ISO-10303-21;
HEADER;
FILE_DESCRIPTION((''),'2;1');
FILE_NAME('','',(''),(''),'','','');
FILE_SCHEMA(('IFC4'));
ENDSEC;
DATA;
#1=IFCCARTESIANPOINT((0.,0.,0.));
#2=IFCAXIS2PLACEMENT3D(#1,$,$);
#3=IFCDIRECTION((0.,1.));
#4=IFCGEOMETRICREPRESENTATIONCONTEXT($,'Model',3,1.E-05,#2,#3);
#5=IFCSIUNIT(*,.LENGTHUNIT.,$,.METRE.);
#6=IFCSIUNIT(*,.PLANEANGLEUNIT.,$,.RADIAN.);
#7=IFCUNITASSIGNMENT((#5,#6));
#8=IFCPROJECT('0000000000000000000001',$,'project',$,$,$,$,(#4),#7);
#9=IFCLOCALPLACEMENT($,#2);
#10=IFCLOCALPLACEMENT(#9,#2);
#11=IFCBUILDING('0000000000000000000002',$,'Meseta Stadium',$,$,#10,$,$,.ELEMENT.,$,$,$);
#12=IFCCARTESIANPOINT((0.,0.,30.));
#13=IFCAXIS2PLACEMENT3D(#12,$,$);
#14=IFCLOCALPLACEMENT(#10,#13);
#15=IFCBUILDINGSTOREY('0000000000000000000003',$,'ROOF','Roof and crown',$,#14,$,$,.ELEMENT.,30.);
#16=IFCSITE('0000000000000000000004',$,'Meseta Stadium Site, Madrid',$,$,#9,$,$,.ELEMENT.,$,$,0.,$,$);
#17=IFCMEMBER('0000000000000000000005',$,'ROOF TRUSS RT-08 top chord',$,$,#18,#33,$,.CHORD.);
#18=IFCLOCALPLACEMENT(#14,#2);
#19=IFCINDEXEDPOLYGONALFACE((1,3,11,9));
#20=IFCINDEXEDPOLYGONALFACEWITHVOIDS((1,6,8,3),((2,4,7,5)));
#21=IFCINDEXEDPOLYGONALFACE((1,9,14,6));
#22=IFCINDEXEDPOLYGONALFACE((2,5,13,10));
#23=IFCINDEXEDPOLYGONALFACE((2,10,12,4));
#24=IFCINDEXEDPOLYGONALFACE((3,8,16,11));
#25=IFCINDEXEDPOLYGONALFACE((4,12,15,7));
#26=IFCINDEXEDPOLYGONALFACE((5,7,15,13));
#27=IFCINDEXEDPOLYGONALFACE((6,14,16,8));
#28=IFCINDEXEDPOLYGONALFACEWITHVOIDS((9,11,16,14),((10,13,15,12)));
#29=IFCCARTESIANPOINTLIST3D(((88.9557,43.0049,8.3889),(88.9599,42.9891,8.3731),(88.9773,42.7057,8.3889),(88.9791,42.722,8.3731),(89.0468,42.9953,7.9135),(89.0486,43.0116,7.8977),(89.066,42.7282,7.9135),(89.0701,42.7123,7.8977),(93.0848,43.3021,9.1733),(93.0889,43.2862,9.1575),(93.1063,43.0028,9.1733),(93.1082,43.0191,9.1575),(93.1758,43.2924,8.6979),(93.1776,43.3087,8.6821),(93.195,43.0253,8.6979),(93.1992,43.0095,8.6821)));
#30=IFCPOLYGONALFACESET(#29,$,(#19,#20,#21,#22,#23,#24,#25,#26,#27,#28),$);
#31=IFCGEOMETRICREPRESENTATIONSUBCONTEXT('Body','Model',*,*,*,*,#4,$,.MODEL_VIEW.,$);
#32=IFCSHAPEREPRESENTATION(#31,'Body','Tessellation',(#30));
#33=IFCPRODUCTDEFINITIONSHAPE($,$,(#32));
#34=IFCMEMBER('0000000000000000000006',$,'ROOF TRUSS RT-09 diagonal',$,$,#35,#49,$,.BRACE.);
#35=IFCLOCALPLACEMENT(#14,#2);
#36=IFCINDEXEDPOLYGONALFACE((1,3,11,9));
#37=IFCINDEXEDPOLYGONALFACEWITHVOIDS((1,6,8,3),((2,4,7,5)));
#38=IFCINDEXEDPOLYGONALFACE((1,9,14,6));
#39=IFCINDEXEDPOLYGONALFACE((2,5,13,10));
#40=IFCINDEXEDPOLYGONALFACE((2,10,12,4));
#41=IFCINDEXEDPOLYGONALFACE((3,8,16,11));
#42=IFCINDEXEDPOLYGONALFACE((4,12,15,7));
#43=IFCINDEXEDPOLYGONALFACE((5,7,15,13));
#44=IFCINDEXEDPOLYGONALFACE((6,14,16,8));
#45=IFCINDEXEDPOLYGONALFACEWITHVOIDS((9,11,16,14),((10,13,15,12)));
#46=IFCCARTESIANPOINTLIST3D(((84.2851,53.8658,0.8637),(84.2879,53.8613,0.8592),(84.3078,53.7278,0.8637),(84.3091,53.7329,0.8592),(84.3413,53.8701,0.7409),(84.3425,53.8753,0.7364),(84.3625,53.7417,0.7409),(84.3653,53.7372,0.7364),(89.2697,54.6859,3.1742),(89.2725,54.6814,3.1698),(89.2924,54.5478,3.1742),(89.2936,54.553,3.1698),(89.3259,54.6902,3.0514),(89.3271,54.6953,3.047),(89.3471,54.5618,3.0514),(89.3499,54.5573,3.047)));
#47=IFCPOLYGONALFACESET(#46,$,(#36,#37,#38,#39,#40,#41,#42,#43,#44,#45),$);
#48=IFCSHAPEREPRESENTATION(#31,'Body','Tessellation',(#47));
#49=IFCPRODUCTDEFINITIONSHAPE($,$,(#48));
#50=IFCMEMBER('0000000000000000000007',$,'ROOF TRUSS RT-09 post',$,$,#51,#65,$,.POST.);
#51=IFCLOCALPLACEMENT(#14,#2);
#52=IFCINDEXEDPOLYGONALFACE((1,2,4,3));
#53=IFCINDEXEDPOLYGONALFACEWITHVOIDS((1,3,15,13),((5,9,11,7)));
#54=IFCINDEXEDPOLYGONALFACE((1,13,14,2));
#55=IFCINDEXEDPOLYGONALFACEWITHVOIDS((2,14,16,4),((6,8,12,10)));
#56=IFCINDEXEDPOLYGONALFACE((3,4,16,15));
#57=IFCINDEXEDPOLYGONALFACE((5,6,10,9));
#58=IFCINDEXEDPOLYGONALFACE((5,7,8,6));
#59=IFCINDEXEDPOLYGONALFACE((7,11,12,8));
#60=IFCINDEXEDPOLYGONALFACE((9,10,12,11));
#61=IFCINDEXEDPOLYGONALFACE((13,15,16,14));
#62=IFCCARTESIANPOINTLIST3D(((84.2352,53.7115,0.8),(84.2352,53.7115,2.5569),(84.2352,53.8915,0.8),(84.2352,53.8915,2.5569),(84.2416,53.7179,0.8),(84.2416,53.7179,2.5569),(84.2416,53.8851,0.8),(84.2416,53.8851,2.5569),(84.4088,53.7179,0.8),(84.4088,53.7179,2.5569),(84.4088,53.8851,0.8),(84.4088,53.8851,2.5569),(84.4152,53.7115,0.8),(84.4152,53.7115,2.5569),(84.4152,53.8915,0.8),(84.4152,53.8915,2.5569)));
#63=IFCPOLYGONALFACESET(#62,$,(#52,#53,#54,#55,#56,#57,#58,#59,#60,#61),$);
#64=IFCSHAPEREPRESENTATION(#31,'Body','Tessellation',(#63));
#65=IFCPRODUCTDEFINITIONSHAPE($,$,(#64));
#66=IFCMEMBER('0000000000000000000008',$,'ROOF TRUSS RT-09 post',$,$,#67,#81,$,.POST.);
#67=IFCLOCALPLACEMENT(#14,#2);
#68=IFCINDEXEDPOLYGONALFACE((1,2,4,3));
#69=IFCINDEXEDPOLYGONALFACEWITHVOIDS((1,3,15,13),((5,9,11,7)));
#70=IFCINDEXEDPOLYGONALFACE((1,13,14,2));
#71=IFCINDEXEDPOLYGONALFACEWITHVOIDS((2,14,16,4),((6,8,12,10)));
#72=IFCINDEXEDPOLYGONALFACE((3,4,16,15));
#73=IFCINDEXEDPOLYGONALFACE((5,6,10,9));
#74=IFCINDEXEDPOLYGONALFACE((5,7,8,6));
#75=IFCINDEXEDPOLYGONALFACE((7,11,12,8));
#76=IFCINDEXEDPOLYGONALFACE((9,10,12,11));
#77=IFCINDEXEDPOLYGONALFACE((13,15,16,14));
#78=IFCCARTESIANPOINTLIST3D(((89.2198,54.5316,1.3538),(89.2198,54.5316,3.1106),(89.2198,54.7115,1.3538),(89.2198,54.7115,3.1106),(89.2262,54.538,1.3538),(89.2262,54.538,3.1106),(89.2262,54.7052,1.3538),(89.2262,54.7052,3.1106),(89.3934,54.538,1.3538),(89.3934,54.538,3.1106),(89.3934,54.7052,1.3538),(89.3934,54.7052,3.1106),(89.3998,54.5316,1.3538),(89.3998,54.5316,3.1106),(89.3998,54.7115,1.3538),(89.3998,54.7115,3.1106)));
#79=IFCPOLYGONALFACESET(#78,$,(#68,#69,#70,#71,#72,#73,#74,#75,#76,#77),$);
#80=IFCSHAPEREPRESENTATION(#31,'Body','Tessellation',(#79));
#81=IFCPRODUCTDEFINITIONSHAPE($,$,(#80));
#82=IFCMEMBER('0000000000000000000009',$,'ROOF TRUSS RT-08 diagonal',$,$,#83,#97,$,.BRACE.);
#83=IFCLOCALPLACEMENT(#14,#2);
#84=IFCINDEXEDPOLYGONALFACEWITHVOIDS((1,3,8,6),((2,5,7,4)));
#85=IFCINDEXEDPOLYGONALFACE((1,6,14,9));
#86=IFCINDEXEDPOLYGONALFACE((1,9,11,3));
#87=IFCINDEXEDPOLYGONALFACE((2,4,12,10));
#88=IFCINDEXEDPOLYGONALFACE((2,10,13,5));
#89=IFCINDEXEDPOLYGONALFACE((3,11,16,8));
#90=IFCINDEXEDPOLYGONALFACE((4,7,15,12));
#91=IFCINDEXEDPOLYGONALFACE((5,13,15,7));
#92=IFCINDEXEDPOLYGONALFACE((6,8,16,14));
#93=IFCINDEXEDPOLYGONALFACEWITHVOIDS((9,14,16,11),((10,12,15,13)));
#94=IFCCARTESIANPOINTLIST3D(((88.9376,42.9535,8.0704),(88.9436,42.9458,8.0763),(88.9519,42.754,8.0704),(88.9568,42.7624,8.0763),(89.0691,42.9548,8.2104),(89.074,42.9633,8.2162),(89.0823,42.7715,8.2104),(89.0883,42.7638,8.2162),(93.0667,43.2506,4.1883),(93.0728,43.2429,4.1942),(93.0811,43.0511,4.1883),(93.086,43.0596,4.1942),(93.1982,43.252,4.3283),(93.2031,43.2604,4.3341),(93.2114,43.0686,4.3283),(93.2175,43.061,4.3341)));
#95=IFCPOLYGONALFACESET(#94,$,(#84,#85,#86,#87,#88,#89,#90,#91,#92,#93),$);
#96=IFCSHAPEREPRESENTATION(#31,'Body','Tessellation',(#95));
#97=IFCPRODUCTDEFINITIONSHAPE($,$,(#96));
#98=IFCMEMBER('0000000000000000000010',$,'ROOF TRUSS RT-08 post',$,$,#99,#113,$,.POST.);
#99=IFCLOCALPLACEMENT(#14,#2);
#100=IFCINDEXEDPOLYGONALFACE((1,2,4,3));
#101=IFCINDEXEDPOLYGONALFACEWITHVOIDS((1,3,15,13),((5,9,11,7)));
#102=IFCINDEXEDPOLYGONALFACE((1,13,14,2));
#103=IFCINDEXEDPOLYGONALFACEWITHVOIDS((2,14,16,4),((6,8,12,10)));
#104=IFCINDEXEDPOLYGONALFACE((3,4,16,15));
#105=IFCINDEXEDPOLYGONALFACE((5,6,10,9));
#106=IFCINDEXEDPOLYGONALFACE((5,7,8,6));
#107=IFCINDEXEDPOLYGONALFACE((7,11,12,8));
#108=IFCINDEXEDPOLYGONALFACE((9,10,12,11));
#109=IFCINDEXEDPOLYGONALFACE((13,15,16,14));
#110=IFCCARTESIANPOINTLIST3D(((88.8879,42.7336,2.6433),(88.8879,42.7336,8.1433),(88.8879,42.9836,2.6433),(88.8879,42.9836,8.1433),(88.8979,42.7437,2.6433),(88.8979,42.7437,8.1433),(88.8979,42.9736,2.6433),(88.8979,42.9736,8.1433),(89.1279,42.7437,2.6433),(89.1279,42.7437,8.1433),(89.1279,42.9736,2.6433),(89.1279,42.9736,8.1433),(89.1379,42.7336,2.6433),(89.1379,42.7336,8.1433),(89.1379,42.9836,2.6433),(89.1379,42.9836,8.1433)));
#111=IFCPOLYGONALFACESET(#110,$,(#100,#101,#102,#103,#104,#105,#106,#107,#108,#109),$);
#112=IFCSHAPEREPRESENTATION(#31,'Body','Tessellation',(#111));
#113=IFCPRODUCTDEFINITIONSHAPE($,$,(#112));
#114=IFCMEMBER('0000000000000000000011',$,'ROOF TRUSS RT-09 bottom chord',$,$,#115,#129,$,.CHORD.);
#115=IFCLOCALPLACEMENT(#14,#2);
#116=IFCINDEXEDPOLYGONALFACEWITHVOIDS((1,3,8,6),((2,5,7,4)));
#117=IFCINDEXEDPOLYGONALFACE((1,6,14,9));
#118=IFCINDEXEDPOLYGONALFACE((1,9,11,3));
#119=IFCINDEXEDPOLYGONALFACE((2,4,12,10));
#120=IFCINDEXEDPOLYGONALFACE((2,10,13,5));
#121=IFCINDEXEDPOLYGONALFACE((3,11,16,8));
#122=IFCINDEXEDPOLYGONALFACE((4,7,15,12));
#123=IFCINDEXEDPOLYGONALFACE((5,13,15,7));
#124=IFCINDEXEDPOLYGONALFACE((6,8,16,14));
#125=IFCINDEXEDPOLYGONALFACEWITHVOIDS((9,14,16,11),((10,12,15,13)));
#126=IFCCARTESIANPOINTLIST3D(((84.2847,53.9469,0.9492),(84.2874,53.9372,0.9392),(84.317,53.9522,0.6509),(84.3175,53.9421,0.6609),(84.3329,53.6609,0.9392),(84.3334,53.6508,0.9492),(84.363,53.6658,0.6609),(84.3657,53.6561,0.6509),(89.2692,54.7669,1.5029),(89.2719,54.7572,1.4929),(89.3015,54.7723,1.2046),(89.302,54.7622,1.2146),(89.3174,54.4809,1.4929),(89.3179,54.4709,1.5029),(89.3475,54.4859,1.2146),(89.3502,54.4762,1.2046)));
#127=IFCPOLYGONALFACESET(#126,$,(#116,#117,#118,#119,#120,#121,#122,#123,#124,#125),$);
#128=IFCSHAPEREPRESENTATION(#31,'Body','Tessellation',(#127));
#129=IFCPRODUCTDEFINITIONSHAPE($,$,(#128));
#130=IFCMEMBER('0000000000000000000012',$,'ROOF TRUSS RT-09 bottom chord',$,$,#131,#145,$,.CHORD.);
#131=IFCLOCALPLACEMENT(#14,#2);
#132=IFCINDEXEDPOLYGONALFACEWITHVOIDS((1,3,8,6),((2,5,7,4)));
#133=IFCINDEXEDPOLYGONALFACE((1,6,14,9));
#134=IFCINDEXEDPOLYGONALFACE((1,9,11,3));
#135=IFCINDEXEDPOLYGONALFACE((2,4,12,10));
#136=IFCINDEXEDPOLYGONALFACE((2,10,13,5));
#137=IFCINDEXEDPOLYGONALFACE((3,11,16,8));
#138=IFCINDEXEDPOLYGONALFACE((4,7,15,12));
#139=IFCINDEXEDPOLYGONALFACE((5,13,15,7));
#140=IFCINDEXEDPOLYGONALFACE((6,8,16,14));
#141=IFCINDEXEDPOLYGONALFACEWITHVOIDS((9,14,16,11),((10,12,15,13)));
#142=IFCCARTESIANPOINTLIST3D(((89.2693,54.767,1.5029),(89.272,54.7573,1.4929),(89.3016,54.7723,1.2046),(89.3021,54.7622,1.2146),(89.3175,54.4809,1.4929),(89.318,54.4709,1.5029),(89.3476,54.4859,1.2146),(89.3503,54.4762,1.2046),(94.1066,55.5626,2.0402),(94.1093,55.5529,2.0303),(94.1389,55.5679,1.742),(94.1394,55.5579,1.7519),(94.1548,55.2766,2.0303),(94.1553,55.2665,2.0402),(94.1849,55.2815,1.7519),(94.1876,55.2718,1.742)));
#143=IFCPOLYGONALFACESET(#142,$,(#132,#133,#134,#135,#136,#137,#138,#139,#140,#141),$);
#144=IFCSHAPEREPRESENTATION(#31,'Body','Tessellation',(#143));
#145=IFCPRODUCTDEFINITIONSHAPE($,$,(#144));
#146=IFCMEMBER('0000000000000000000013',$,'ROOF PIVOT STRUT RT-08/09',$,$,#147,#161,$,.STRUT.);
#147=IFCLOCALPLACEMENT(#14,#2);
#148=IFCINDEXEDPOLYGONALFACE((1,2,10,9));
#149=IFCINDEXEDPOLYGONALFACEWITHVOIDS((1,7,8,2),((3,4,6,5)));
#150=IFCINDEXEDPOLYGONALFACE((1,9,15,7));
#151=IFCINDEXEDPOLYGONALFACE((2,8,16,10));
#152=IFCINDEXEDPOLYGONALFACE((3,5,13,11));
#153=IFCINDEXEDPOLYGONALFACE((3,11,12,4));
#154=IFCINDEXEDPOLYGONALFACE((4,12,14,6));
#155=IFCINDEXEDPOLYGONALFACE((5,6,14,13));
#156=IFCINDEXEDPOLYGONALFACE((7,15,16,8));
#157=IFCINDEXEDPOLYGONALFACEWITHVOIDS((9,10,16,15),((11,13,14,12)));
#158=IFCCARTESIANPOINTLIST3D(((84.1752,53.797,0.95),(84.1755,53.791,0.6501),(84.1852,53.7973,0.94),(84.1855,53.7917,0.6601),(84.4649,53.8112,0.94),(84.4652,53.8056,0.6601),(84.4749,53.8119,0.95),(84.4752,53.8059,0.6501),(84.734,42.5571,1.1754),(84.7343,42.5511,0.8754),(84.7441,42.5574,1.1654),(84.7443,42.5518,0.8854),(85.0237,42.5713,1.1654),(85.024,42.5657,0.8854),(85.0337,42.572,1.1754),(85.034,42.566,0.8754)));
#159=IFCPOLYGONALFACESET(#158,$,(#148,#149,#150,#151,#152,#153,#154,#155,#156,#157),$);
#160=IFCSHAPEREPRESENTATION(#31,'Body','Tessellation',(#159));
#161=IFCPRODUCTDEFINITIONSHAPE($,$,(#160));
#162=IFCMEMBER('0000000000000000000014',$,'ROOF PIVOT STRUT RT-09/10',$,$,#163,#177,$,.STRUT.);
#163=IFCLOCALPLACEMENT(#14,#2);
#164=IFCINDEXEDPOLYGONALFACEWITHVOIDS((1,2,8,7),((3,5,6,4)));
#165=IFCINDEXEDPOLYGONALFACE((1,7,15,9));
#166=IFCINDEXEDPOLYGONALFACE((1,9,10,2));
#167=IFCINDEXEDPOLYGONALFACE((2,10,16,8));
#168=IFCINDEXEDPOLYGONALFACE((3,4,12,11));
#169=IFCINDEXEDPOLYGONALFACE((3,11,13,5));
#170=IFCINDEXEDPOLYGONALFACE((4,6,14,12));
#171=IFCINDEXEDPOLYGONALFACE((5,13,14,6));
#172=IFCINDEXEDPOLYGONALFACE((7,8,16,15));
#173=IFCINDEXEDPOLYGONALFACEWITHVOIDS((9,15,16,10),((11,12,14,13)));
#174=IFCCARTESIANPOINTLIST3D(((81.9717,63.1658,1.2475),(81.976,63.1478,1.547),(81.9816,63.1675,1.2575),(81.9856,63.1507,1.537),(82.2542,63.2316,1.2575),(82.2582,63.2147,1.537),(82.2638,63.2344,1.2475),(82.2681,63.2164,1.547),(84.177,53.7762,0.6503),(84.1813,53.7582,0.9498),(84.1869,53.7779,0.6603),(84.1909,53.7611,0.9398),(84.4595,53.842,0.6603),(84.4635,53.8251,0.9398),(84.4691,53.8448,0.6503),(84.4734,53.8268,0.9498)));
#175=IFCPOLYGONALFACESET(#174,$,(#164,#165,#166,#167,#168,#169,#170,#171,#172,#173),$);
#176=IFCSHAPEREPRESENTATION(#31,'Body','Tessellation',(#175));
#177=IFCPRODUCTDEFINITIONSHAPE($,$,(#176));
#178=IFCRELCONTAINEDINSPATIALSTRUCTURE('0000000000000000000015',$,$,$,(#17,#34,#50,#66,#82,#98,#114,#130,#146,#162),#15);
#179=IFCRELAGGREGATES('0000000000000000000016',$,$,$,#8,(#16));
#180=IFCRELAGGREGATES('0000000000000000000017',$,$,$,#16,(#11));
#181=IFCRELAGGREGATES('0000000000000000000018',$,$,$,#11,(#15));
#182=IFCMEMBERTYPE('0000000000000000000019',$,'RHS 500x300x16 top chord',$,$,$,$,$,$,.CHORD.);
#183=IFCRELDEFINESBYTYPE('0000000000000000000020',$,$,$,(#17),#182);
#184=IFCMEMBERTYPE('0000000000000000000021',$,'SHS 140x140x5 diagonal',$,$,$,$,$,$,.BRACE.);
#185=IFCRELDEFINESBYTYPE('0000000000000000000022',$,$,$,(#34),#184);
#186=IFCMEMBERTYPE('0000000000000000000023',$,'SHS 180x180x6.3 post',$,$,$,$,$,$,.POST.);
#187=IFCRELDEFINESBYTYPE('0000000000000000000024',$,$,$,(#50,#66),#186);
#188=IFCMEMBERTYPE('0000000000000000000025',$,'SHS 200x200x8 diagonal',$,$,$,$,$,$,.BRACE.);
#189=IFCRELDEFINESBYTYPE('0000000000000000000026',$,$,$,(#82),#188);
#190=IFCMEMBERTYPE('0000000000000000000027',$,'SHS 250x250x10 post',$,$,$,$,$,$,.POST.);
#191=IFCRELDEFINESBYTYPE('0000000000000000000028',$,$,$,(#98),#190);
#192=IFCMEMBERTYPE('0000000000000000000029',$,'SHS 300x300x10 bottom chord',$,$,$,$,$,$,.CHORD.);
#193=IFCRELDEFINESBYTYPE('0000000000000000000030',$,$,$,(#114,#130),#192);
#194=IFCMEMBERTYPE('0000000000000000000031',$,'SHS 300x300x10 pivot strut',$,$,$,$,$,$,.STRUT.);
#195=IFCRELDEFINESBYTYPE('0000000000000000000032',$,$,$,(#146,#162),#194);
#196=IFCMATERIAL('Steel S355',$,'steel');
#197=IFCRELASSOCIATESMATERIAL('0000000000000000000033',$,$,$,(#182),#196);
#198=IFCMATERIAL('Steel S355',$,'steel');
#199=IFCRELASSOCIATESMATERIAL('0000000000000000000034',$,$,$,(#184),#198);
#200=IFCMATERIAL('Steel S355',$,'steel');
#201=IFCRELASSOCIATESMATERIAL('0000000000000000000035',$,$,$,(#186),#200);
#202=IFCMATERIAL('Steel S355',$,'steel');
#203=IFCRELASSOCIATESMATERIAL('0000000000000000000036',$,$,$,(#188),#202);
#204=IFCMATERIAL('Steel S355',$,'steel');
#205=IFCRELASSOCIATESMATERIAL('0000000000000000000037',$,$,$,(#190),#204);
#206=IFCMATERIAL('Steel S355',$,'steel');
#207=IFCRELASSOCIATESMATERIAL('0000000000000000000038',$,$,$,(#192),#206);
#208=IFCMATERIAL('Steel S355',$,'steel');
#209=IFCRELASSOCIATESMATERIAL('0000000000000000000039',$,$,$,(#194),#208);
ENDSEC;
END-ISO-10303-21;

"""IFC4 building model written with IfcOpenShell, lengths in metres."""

from ifc_helpers import new_model, si_unit, direction, frame, origin, origin_2d, place, context, subcontext, project, spatial, hollow_rectangle, extrude, material, material_profile, profile_set, type_object, element, save


model = new_model("IFC4")

# Units and contexts
model_context = context("Model", 3, precision=1e-05, world=origin(), true_north=direction((0.0, 1.0)))
body_context = subcontext(model_context, "Body", "Model", "MODEL_VIEW")
ifc_project = project(units=[si_unit("LENGTHUNIT", "METRE"), si_unit("PLANEANGLEUNIT", "RADIAN")], contexts=[model_context])

# Site, building, storey
site_placement = place(None, origin())
site = spatial("IfcSite", under=ifc_project, at=site_placement, Name="Meseta Stadium Site, Madrid", CompositionType="ELEMENT", RefElevation=0.0)
building_placement = place(site_placement, origin())
building = spatial("IfcBuilding", under=site, at=building_placement, Name="Meseta Stadium", CompositionType="ELEMENT")
storey_placement = place(building_placement, frame((0.0, 0.0, 30.0)))
storey = spatial("IfcBuildingStorey", under=building, at=storey_placement, Name="ROOF", Description="Roof and crown", CompositionType="ELEMENT", Elevation=30.0)

# Members
ifc_material_1 = material(Name="Steel S355", Category="steel")
ifc_material_profile_1 = material_profile(ifc_material_1, hollow_rectangle(XDim=0.3, YDim=0.5, WallThickness=0.0161, at=origin_2d()), Name="RHS 500x300x16")
ifc_profile_set_1 = profile_set([ifc_material_profile_1], Name="Steel S355")
member_type_1 = type_object("IfcMemberType", Name="RHS 500x300x16 top chord", PredefinedType="CHORD", material=ifc_profile_set_1)
member_1_placement = place(storey_placement, frame((89.0129, 42.8586, 8.1433), z_axis=(0.979984, 0.070516, 0.18617), x_axis=(-0.071771, 0.997421, 0.0)))
element("IfcMember", 1, at=member_1_placement, inside=storey, type_object=member_type_1, Name="ROOF TRUSS RT-08 top chord", PredefinedType="CHORD", context=body_context, shape_type="SweptSolid", body=[
    extrude(hollow_rectangle(XDim=0.3, YDim=0.5, WallThickness=0.0161, at=origin_2d()), origin(), (0.0, 0.0, 1.0), 4.2134),
])
ifc_material_2 = material(Name="Steel S355", Category="steel")
ifc_material_profile_2 = material_profile(ifc_material_2, hollow_rectangle(XDim=0.1399, YDim=0.1399, WallThickness=0.0049, at=origin_2d()), Name="SHS 140x140x5")
ifc_profile_set_2 = profile_set([ifc_material_profile_2], Name="Steel S355")
member_type_2 = type_object("IfcMemberType", Name="SHS 140x140x5 diagonal", PredefinedType="BRACE", material=ifc_profile_set_2)
member_2_placement = place(storey_placement, frame((84.3252, 53.8015, 0.8), z_axis=(0.897328, 0.147628, 0.415943), x_axis=(-0.162337, 0.986735, 0.0)))
element("IfcMember", 2, at=member_2_placement, inside=storey, type_object=member_type_2, Name="ROOF TRUSS RT-09 diagonal", PredefinedType="BRACE", context=body_context, shape_type="SweptSolid", body=[
    extrude(hollow_rectangle(XDim=0.1399, YDim=0.1399, WallThickness=0.0049, at=origin_2d()), origin(), (0.0, 0.0, 1.0), 5.5549),
])
ifc_material_3 = material(Name="Steel S355", Category="steel")
ifc_material_profile_3 = material_profile(ifc_material_3, hollow_rectangle(XDim=0.1799, YDim=0.1799, WallThickness=0.0063, at=origin_2d()), Name="SHS 180x180x6.3")
ifc_profile_set_3 = profile_set([ifc_material_profile_3], Name="Steel S355")
member_type_3 = type_object("IfcMemberType", Name="SHS 180x180x6.3 post", PredefinedType="POST", material=ifc_profile_set_3)
for number, where, z_axis, x_axis, name in (
    (3, (84.3252, 53.8015, 0.8), (0.0, 0.0, 1.0), (1.0, 0.0, 0.0), "ROOF TRUSS RT-09 post"),
    (4, (89.3098, 54.6216, 1.3538), (0.0, 0.0, 1.0), (1.0, 0.0, 0.0), "ROOF TRUSS RT-09 post"),
):
    element("IfcMember", number, at=place(storey_placement, frame(where, z_axis=z_axis, x_axis=x_axis)), inside=storey, type_object=member_type_3, Name=name, PredefinedType="POST", context=body_context, shape_type="SweptSolid", body=[
        extrude(hollow_rectangle(XDim=0.1799, YDim=0.1799, WallThickness=0.0063, at=origin_2d()), origin(), (0.0, 0.0, 1.0), 1.7568),
    ])
ifc_material_4 = material(Name="Steel S355", Category="steel")
ifc_material_profile_4 = material_profile(ifc_material_4, hollow_rectangle(XDim=0.2, YDim=0.2, WallThickness=0.0081, at=origin_2d()), Name="SHS 200x200x8")
ifc_profile_set_4 = profile_set([ifc_material_profile_4], Name="Steel S355")
member_type_4 = type_object("IfcMemberType", Name="SHS 200x200x8 diagonal", PredefinedType="BRACE", material=ifc_profile_set_4)
member_3_placement = place(storey_placement, frame((89.0129, 42.8586, 8.1433), z_axis=(0.727569, 0.052353, -0.684034), x_axis=(-0.071771, 0.997421, 0.0)))
element("IfcMember", 5, at=member_3_placement, inside=storey, type_object=member_type_4, Name="ROOF TRUSS RT-08 diagonal", PredefinedType="BRACE", context=body_context, shape_type="SweptSolid", body=[
    extrude(hollow_rectangle(XDim=0.2, YDim=0.2, WallThickness=0.0081, at=origin_2d()), origin(), (0.0, 0.0, 1.0), 5.6753),
])
ifc_material_5 = material(Name="Steel S355", Category="steel")
ifc_material_profile_5 = material_profile(ifc_material_5, hollow_rectangle(XDim=0.25, YDim=0.25, WallThickness=0.01, at=origin_2d()), Name="SHS 250x250x10")
ifc_profile_set_5 = profile_set([ifc_material_profile_5], Name="Steel S355")
member_type_5 = type_object("IfcMemberType", Name="SHS 250x250x10 post", PredefinedType="POST", material=ifc_profile_set_5)
member_4_placement = place(storey_placement, frame((89.0129, 42.8586, 2.6433), z_axis=(0.0, 0.0, 1.0), x_axis=(1.0, 0.0, 0.0)))
element("IfcMember", 6, at=member_4_placement, inside=storey, type_object=member_type_5, Name="ROOF TRUSS RT-08 post", PredefinedType="POST", context=body_context, shape_type="SweptSolid", body=[
    extrude(hollow_rectangle(XDim=0.25, YDim=0.25, WallThickness=0.01, at=origin_2d()), origin(), (0.0, 0.0, 1.0), 5.5),
])
ifc_material_6 = material(Name="Steel S355", Category="steel")
ifc_material_profile_6 = material_profile(ifc_material_6, hollow_rectangle(XDim=0.3, YDim=0.3, WallThickness=0.01, at=origin_2d()), Name="SHS 300x300x10")
ifc_profile_set_6 = profile_set([ifc_material_profile_6], Name="Steel S355")
member_type_6 = type_object("IfcMemberType", Name="SHS 300x300x10 bottom chord", PredefinedType="CHORD", material=ifc_profile_set_6)
member_5_placement = place(storey_placement, frame((84.3252, 53.8015, 0.8), z_axis=(0.980861, 0.161371, 0.108958), x_axis=(-0.162337, 0.986735, 0.0)))
element("IfcMember", 7, at=member_5_placement, inside=storey, type_object=member_type_6, Name="ROOF TRUSS RT-09 bottom chord", PredefinedType="CHORD", context=body_context, shape_type="SweptSolid", body=[
    extrude(hollow_rectangle(XDim=0.3, YDim=0.3, WallThickness=0.01, at=origin_2d()), origin(), (0.0, 0.0, 1.0), 5.0818),
])
member_6_placement = place(storey_placement, frame((89.3098, 54.6216, 1.3538), z_axis=(0.980867, 0.161333, 0.108958), x_axis=(-0.162299, 0.986742, 0.0)))
element("IfcMember", 8, at=member_6_placement, inside=storey, type_object=member_type_6, Name="ROOF TRUSS RT-09 bottom chord", PredefinedType="CHORD", context=body_context, shape_type="SweptSolid", body=[
    extrude(hollow_rectangle(XDim=0.3, YDim=0.3, WallThickness=0.01, at=origin_2d()), origin(), (0.0, 0.0, 1.0), 4.9316),
])
ifc_material_7 = material(Name="Steel S355", Category="steel")
ifc_material_profile_7 = material_profile(ifc_material_7, hollow_rectangle(XDim=0.3, YDim=0.3, WallThickness=0.01, at=origin_2d()), Name="SHS 300x300x10")
ifc_profile_set_7 = profile_set([ifc_material_profile_7], Name="Steel S355")
member_type_7 = type_object("IfcMemberType", Name="SHS 300x300x10 pivot strut", PredefinedType="STRUT", material=ifc_profile_set_7)
member_7_placement = place(storey_placement, frame((84.884, 42.5615, 1.0254), z_axis=(-0.049647, 0.998566, -0.020019), x_axis=(-0.998766, -0.049657, 0.0)))
element("IfcMember", 9, at=member_7_placement, inside=storey, type_object=member_type_7, Name="ROOF PIVOT STRUT RT-08/09", PredefinedType="STRUT", context=body_context, shape_type="SweptSolid", body=[
    extrude(hollow_rectangle(XDim=0.3, YDim=0.3, WallThickness=0.01, at=origin_2d()), origin(), (0.0, 0.0, 1.0), 11.2561),
])
member_8_placement = place(storey_placement, frame((84.3252, 53.8015, 0.8), z_axis=(-0.228209, 0.971649, 0.061795), x_axis=(-0.97351, -0.228646, 0.0)))
element("IfcMember", 10, at=member_8_placement, inside=storey, type_object=member_type_7, Name="ROOF PIVOT STRUT RT-09/10", PredefinedType="STRUT", context=body_context, shape_type="SweptSolid", body=[
    extrude(hollow_rectangle(XDim=0.3, YDim=0.3, WallThickness=0.01, at=origin_2d()), origin(), (0.0, 0.0, 1.0), 9.6636),
])

save(model, "model.ifc")
